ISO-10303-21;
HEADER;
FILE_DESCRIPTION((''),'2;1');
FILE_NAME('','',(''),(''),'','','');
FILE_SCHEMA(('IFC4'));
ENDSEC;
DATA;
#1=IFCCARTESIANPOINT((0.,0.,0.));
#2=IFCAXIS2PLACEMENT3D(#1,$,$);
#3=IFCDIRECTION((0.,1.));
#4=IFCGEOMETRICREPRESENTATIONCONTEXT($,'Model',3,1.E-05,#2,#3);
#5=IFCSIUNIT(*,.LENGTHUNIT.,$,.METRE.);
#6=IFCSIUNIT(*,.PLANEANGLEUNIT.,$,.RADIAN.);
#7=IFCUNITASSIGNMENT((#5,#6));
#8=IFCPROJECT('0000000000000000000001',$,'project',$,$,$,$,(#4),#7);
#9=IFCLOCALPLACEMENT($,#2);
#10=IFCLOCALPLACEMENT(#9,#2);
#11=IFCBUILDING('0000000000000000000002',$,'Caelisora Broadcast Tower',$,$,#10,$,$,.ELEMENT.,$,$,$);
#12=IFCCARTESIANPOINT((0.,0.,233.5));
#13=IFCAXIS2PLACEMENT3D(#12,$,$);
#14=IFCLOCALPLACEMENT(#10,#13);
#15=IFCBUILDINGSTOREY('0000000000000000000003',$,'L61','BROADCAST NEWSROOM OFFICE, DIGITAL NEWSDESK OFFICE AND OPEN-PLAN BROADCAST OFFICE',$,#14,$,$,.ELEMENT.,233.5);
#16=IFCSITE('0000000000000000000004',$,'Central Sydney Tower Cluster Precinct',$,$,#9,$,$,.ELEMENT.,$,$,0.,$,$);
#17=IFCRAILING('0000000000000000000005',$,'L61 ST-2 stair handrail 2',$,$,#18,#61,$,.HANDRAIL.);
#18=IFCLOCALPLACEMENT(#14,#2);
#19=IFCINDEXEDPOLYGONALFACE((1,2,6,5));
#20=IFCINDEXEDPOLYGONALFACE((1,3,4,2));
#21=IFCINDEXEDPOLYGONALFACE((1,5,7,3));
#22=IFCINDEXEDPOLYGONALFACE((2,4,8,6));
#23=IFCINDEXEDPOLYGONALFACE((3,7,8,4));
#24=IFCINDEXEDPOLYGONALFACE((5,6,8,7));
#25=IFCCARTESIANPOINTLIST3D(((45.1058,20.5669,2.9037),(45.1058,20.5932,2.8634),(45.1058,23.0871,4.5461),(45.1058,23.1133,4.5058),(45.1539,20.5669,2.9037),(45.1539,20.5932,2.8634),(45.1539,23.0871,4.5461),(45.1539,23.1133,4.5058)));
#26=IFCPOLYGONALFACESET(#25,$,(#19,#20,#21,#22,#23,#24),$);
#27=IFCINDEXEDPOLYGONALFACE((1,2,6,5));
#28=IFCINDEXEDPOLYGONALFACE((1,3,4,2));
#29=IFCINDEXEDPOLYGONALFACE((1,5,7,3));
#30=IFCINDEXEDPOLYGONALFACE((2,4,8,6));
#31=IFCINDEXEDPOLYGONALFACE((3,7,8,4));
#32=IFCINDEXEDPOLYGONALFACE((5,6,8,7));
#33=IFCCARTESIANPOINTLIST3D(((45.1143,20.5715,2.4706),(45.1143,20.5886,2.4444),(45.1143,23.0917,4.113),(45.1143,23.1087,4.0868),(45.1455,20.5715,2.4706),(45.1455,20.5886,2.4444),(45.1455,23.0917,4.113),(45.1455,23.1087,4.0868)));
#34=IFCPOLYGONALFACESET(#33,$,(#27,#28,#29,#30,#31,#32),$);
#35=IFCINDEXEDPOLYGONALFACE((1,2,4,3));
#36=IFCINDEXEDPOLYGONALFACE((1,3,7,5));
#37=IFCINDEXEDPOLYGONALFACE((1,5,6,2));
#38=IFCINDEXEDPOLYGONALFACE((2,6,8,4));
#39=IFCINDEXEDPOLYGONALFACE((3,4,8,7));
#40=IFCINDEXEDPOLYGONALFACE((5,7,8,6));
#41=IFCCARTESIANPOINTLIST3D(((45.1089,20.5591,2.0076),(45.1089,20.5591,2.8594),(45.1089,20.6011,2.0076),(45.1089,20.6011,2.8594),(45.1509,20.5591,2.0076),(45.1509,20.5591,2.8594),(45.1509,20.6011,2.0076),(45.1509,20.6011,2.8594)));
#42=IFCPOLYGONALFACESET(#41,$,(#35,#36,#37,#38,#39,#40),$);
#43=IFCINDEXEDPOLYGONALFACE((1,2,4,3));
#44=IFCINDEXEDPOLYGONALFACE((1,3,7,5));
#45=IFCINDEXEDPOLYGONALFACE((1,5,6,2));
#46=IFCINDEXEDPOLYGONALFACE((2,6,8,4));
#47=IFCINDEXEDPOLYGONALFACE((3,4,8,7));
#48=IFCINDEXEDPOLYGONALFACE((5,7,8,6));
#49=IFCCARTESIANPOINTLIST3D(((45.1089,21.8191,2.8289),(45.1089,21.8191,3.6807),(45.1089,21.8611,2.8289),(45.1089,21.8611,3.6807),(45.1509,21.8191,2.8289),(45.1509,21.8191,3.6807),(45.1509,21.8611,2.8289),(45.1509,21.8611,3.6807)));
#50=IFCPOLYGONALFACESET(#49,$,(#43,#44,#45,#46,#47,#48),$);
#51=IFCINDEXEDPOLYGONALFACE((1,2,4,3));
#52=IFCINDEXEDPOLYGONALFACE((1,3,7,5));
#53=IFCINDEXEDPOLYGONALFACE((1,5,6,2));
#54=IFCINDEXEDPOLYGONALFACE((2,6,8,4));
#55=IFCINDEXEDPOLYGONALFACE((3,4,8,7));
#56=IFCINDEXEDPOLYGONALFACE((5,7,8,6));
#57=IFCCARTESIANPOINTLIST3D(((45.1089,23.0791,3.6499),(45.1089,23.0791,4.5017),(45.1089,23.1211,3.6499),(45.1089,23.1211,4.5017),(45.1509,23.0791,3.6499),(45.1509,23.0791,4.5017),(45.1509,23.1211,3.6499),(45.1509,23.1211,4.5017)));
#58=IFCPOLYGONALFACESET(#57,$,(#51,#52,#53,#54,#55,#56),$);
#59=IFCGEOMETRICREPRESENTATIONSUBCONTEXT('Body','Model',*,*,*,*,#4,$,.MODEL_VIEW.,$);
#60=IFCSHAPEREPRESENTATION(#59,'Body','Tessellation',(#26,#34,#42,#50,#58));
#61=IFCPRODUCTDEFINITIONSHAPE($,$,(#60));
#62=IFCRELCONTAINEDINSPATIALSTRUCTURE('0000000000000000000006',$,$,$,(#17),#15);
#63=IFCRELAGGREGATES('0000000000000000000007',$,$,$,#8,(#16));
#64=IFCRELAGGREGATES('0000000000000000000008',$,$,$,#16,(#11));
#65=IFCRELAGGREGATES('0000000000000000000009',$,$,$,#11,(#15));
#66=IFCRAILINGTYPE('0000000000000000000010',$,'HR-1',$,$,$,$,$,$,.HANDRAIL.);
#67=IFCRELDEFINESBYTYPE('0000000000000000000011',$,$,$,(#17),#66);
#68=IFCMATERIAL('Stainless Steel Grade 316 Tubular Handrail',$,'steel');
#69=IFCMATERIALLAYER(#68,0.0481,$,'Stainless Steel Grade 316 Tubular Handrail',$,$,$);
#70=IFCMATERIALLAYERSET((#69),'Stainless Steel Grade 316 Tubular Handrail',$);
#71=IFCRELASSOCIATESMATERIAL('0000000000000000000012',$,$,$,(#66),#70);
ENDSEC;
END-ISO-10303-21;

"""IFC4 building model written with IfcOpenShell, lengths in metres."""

from ifc_helpers import new_model, si_unit, direction, frame, origin, origin_2d, place, context, subcontext, project, spatial, rectangle, extrude, material, layer, layer_set, type_object, element, save


model = new_model("IFC4")

# Units and contexts
model_context = context("Model", 3, precision=1e-05, world=origin(), true_north=direction((0.0, 1.0)))
body_context = subcontext(model_context, "Body", "Model", "MODEL_VIEW")
ifc_project = project(units=[si_unit("LENGTHUNIT", "METRE"), si_unit("PLANEANGLEUNIT", "RADIAN")], contexts=[model_context])

# Site, building, storey
site_placement = place(None, origin())
site = spatial("IfcSite", under=ifc_project, at=site_placement, Name="Central Sydney Tower Cluster Precinct", CompositionType="ELEMENT", RefElevation=0.0)
building_placement = place(site_placement, origin())
building = spatial("IfcBuilding", under=site, at=building_placement, Name="Caelisora Broadcast Tower", CompositionType="ELEMENT")
storey_placement = place(building_placement, frame((0.0, 0.0, 233.5)))
storey = spatial("IfcBuildingStorey", under=building, at=storey_placement, Name="L61", Description="BROADCAST NEWSROOM OFFICE, DIGITAL NEWSDESK OFFICE AND OPEN-PLAN BROADCAST OFFICE", CompositionType="ELEMENT", Elevation=233.5)

# Railing
ifc_material_1 = material(Name="Stainless Steel Grade 316 Tubular Handrail", Category="steel")
ifc_layer_1 = layer(ifc_material_1, 0.0481, Name="Stainless Steel Grade 316 Tubular Handrail")
ifc_layer_set_1 = layer_set([ifc_layer_1], Name="Stainless Steel Grade 316 Tubular Handrail")
railing_type_1 = type_object("IfcRailingType", Name="HR-1", PredefinedType="HANDRAIL", material=ifc_layer_set_1)
railing_1_placement = place(storey_placement, frame((45.1299, 20.5801, 2.0076)))
element("IfcRailing", 1, at=railing_1_placement, inside=storey, type_object=railing_type_1, Name="L61 ST-2 stair handrail 2", PredefinedType="HANDRAIL", context=body_context, shape_type="SweptSolid", body=[
    extrude(rectangle(XDim=0.0481, YDim=0.0481, at=origin_2d()), frame((0.0, 0.0, 0.876), z_axis=(0.0, 0.837787, 0.545998), x_axis=(-1.0, 0.0, 0.0)), (0.0, 0.0, 1.0), 3.0081),
    extrude(rectangle(XDim=0.0312, YDim=0.0312, at=origin_2d()), frame((0.0, 0.0, 0.45), z_axis=(0.0, 0.837787, 0.545998), x_axis=(-1.0, 0.0, 0.0)), (0.0, 0.0, 1.0), 3.0081),
    extrude(rectangle(XDim=0.042, YDim=0.042, at=origin_2d()), origin(), (0.0, 0.0, 1.0), 0.8518),
    extrude(rectangle(XDim=0.042, YDim=0.042, at=origin_2d()), frame((0.0, 1.26, 0.8213)), (0.0, 0.0, 1.0), 0.8518),
    extrude(rectangle(XDim=0.042, YDim=0.042, at=origin_2d()), frame((0.0, 2.52, 1.6423)), (0.0, 0.0, 1.0), 0.8518),
])

save(model, "model.ifc")
